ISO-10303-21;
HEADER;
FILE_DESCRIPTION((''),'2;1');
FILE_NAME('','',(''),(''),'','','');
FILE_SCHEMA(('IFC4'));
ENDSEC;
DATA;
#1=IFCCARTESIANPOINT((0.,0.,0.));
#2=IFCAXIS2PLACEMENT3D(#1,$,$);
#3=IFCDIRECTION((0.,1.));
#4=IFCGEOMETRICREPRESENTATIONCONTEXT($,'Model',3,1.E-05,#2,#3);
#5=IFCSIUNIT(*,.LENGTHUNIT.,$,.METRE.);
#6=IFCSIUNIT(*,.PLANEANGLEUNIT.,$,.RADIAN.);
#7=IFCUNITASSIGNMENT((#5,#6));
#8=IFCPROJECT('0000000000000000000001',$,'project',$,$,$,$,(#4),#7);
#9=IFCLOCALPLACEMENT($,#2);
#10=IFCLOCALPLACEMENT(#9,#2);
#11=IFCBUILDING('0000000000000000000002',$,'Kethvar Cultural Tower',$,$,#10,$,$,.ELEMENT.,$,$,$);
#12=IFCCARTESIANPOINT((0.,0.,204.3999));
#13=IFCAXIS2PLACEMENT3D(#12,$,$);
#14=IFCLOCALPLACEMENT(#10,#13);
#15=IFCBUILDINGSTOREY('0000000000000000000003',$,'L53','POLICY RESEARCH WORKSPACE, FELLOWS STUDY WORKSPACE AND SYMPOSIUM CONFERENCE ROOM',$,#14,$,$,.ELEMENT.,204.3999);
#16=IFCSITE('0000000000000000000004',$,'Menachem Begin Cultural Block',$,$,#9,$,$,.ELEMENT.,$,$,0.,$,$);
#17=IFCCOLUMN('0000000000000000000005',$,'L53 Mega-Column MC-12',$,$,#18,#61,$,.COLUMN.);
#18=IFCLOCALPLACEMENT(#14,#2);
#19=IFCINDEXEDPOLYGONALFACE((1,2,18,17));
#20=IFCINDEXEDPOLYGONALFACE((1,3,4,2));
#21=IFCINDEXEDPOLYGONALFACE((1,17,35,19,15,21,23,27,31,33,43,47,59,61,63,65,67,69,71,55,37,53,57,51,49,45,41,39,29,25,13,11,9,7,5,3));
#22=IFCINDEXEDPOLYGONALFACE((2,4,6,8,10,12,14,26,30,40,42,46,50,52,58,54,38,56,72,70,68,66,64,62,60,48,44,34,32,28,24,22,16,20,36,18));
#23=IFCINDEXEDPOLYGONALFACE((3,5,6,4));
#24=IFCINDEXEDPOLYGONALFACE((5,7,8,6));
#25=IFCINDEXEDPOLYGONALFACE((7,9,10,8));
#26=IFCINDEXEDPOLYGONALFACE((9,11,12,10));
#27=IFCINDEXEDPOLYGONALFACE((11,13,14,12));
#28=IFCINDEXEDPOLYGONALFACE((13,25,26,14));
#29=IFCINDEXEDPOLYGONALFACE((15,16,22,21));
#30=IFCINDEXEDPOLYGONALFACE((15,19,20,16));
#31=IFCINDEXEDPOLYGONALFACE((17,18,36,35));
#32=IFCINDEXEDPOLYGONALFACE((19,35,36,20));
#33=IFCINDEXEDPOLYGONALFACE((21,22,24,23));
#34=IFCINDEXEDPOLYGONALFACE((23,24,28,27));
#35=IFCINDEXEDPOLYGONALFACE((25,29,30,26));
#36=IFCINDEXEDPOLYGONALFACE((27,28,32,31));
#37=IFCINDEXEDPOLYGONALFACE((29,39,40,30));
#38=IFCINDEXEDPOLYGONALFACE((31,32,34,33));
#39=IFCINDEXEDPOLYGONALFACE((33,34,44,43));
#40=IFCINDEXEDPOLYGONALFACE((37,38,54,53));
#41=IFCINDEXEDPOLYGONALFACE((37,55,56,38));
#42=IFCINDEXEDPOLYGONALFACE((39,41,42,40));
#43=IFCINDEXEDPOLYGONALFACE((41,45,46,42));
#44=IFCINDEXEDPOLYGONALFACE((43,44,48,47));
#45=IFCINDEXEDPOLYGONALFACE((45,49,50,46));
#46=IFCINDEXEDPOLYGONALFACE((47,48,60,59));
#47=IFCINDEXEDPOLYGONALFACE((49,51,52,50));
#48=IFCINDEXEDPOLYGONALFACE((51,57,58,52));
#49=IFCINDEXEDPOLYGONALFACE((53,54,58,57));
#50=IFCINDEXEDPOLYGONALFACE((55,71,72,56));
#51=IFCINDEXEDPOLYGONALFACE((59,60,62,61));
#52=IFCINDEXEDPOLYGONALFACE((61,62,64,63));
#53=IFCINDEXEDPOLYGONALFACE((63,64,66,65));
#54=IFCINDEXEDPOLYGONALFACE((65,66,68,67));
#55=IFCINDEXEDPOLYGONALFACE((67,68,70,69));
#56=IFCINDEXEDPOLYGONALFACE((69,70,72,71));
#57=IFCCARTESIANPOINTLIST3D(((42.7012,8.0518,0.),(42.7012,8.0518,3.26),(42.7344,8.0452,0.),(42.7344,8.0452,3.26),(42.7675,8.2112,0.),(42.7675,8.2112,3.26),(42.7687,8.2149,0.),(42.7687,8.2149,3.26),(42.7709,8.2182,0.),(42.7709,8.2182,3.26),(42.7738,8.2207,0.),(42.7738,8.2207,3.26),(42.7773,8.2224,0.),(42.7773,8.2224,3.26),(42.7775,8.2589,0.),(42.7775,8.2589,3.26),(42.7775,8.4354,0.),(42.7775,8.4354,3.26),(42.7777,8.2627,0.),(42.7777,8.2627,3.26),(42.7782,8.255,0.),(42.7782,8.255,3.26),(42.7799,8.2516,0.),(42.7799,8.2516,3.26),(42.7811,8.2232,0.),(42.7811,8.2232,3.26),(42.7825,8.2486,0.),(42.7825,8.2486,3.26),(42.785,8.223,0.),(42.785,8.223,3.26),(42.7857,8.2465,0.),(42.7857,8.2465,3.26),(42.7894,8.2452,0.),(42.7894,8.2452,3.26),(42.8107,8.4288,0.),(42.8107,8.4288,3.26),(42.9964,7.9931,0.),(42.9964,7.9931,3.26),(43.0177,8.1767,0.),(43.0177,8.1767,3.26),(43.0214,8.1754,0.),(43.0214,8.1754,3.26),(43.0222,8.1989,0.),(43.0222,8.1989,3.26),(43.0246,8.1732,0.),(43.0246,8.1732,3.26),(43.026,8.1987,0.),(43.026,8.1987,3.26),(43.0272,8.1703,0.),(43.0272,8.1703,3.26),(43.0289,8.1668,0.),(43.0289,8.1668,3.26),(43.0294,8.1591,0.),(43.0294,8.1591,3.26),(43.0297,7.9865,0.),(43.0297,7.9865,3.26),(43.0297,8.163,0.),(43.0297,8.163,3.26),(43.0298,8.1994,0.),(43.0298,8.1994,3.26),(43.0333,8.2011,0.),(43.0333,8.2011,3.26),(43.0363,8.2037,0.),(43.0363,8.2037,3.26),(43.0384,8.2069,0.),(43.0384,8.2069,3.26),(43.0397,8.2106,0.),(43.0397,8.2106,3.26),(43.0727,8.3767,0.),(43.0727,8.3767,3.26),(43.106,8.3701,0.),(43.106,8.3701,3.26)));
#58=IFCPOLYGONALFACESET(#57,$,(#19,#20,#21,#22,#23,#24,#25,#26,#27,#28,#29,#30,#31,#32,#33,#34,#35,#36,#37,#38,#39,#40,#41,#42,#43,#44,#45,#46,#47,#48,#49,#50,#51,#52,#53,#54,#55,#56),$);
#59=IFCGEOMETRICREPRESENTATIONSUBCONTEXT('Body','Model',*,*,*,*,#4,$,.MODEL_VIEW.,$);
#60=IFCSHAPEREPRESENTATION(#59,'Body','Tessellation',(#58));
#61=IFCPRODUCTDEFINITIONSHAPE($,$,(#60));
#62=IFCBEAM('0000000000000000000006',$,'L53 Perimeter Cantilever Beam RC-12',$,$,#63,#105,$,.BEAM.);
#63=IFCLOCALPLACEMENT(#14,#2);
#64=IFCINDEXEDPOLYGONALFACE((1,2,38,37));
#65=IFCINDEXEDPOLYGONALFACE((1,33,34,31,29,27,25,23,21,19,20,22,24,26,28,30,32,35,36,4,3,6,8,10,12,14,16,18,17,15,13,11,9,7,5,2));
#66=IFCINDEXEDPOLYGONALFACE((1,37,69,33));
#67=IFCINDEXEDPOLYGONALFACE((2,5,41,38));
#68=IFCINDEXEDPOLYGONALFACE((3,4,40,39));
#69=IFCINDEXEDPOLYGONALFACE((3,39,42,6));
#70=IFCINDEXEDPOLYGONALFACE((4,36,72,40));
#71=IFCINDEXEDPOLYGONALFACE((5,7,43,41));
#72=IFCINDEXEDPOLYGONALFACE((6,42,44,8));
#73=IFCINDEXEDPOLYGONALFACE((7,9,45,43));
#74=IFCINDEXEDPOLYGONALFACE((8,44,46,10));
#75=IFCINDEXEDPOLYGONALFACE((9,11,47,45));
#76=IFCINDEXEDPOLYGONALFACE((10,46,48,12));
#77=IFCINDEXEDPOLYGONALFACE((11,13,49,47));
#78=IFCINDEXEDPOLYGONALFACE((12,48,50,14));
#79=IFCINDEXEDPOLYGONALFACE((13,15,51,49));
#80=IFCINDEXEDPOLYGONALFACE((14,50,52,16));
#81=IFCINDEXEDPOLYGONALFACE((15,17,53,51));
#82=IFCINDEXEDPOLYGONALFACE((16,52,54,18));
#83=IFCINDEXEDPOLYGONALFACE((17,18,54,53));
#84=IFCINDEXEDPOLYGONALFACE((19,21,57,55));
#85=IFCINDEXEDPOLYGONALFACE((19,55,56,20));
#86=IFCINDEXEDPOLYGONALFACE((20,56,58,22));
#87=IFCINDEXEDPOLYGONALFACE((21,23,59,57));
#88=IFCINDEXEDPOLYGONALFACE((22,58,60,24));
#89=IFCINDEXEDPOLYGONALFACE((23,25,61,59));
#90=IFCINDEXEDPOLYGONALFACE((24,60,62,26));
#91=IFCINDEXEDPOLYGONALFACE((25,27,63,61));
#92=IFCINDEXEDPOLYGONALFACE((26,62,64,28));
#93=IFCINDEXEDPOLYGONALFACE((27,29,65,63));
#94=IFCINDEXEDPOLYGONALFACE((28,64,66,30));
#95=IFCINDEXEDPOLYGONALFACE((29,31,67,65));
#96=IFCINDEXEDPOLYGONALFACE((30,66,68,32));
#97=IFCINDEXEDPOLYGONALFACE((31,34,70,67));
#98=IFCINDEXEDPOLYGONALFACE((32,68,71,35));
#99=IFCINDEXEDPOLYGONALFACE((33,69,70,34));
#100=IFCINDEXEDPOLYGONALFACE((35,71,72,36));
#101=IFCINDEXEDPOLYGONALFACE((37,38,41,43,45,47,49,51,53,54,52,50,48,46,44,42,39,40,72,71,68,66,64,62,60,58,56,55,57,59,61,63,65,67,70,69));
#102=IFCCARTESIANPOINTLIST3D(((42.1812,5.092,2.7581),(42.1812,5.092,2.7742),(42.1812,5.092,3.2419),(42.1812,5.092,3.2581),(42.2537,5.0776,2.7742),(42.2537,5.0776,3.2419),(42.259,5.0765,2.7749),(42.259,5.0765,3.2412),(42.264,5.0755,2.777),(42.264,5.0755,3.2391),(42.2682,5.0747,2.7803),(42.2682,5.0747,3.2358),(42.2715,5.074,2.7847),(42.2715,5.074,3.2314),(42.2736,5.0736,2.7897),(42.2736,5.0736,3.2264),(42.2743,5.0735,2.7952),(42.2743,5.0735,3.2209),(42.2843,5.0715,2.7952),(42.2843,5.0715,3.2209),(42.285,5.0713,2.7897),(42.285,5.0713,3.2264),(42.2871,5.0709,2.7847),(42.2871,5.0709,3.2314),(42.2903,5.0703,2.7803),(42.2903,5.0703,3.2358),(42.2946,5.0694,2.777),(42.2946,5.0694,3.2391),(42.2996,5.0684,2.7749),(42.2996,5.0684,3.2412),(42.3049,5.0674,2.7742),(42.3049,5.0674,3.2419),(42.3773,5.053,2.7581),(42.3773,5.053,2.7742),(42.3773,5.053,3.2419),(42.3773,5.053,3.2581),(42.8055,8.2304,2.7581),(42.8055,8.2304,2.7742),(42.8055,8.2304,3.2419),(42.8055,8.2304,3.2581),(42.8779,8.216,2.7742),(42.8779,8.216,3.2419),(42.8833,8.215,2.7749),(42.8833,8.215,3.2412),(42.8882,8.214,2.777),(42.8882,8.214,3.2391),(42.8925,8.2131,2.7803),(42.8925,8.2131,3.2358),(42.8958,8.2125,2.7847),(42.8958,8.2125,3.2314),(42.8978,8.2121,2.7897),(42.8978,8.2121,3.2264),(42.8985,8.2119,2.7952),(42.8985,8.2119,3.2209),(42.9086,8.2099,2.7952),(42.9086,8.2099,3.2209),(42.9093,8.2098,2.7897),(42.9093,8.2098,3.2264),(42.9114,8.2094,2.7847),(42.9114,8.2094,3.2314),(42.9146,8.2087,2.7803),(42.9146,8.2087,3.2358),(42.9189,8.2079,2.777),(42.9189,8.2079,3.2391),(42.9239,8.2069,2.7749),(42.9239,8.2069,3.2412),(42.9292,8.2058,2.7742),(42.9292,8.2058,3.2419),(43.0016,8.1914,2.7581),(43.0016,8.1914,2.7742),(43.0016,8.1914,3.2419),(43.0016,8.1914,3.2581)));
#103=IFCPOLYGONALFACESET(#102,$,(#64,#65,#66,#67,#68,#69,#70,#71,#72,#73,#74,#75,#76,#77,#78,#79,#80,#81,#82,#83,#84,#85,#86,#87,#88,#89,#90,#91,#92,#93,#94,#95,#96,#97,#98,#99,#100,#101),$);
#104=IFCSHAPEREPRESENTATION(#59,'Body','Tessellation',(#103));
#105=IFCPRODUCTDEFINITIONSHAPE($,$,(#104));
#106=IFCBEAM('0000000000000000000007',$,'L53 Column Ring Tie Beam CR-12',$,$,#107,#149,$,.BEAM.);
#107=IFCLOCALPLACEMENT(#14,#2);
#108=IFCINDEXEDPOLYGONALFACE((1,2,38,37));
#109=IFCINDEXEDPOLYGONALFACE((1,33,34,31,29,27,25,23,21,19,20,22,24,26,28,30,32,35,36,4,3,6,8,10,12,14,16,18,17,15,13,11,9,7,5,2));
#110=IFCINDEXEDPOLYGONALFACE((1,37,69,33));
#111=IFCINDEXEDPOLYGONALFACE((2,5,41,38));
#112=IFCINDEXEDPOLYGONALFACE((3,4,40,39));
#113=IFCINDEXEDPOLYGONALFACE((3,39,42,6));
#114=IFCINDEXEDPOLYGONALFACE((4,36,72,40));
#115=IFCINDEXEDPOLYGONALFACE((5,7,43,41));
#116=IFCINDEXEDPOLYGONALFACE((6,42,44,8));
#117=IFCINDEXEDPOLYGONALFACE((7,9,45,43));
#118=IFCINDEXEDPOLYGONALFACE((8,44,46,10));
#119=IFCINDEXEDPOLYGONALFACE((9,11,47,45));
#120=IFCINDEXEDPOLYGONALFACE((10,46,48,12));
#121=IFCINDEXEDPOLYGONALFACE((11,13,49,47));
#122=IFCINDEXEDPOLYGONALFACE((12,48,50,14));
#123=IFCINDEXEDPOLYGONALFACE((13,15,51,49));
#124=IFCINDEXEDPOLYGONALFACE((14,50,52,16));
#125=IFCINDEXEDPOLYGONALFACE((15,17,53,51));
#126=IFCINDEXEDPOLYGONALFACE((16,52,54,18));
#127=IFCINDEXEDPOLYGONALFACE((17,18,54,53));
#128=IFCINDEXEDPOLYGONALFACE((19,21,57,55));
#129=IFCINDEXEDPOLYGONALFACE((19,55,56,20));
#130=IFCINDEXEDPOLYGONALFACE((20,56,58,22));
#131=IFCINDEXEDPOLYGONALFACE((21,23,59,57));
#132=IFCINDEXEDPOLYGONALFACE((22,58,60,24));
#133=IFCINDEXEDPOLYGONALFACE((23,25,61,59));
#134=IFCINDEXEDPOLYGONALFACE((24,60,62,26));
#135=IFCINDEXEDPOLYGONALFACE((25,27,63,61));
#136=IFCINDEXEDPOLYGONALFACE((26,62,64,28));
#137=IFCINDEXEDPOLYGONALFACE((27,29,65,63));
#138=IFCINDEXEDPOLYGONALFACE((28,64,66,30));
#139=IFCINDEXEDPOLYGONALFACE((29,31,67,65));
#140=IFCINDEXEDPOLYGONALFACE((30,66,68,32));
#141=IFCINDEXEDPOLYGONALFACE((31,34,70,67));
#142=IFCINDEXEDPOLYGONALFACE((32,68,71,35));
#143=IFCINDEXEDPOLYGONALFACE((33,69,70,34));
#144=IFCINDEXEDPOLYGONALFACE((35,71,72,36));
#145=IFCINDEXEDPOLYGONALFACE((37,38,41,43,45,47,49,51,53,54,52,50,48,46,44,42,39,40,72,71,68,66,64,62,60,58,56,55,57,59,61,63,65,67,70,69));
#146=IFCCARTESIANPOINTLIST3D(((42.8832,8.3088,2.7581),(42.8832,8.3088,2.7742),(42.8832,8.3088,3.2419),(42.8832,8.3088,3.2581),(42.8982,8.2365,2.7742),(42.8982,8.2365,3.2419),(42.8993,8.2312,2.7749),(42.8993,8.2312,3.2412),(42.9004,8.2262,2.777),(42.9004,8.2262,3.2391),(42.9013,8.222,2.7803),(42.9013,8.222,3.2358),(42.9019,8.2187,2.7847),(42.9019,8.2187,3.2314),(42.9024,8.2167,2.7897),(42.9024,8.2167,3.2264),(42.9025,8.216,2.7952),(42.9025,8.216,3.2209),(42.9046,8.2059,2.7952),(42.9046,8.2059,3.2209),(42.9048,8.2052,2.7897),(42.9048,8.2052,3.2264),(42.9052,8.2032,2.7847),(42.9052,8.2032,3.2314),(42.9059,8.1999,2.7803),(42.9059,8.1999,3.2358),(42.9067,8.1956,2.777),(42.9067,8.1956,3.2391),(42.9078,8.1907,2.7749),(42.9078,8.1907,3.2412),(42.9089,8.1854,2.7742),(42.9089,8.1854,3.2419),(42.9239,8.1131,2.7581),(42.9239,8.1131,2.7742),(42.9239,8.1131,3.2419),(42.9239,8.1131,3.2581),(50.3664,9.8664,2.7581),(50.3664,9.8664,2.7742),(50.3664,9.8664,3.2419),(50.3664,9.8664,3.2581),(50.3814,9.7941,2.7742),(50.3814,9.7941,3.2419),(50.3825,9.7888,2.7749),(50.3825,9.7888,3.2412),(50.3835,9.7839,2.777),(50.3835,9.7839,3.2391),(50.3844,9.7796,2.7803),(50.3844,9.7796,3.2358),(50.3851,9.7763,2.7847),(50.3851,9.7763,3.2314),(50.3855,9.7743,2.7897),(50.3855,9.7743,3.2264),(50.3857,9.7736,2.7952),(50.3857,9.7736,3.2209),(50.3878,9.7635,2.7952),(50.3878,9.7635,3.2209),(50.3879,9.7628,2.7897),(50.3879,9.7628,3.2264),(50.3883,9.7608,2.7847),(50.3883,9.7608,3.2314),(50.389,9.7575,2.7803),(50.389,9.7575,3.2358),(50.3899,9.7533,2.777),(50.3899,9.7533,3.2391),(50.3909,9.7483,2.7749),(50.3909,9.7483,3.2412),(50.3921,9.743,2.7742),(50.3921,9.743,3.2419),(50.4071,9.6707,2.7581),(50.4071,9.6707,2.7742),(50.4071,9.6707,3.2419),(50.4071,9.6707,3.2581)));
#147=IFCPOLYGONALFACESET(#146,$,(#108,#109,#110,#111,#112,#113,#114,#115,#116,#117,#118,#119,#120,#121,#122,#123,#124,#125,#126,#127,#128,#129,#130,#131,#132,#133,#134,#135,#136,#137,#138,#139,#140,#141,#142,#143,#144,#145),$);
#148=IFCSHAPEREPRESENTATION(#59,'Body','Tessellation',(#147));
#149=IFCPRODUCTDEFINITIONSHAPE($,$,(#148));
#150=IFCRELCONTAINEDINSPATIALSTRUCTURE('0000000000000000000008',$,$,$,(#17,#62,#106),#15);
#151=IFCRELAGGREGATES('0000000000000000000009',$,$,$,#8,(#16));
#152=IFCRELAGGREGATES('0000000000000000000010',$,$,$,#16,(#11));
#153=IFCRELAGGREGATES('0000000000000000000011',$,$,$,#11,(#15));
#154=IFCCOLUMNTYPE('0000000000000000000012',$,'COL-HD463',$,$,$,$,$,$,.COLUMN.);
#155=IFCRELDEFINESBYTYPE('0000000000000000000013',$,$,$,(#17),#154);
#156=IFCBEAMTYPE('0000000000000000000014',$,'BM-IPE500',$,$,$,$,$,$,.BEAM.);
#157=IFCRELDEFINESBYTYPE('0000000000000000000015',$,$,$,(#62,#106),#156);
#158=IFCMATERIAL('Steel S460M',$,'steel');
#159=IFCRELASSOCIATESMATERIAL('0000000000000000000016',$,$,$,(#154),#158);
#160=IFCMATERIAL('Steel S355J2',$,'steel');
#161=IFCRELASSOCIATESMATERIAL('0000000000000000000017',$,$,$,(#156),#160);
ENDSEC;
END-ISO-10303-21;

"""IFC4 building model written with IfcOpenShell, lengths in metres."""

from ifc_helpers import new_model, si_unit, direction, frame, origin, origin_2d, place, context, subcontext, project, spatial, i_section, extrude, source, transform, mapped, material, material_profile, profile_set, type_object, element, save


model = new_model("IFC4")

# Units and contexts
model_context = context("Model", 3, precision=1e-05, world=origin(), true_north=direction((0.0, 1.0)))
body_context = subcontext(model_context, "Body", "Model", "MODEL_VIEW")
ifc_project = project(units=[si_unit("LENGTHUNIT", "METRE"), si_unit("PLANEANGLEUNIT", "RADIAN")], contexts=[model_context])

# Site, building, storey
site_placement = place(None, origin())
site = spatial("IfcSite", under=ifc_project, at=site_placement, Name="Menachem Begin Cultural Block", CompositionType="ELEMENT", RefElevation=0.0)
building_placement = place(site_placement, origin())
building = spatial("IfcBuilding", under=site, at=building_placement, Name="Kethvar Cultural Tower", CompositionType="ELEMENT")
storey_placement = place(building_placement, frame((0.0, 0.0, 204.3999)))
storey = spatial("IfcBuildingStorey", under=building, at=storey_placement, Name="L53", Description="POLICY RESEARCH WORKSPACE, FELLOWS STUDY WORKSPACE AND SYMPOSIUM CONFERENCE ROOM", CompositionType="ELEMENT", Elevation=204.3999)

# Column
ifc_material_1 = material(Name="Steel S460M", Category="steel")
ifc_material_profile_1 = material_profile(ifc_material_1, i_section(OverallWidth=0.3911, OverallDepth=0.335, WebThickness=0.0227, FlangeThickness=0.0339, FilletRadius=0.0149, at=origin_2d()), Name="Steel S460M — HD400x463")
ifc_profile_set_1 = profile_set([ifc_material_profile_1], Name="Steel S460M — HD400x463")
column_type = type_object("IfcColumnType", Name="COL-HD463", PredefinedType="COLUMN", material=ifc_profile_set_1)
shared_shape_1 = source(origin(), body_context, "Body", "SweptSolid", [
    extrude(i_section(OverallWidth=0.3911, OverallDepth=0.335, WebThickness=0.0227, FlangeThickness=0.0339, FilletRadius=0.0149, at=origin_2d()), origin(), (0.0, 0.0, 1.0), 3.26),
])
column_placement = place(storey_placement, frame((42.9036, 8.2109, 0.0), z_axis=(0.0, 0.0, 1.0), x_axis=(-0.19509, -0.980785, 0.0)))
element("IfcColumn", 1, at=column_placement, inside=storey, type_object=column_type, Name="L53 Mega-Column MC-12", PredefinedType="COLUMN", context=body_context, shape_type="MappedRepresentation", body=[
    mapped(shared_shape_1, transform((0.0, 0.0, 0.0), scale=1.0)),
])

# Beams
ifc_material_2 = material(Name="Steel S355J2", Category="steel")
ifc_material_profile_2 = material_profile(ifc_material_2, i_section(OverallWidth=0.2, OverallDepth=0.5, WebThickness=0.0103, FlangeThickness=0.0161, FilletRadius=0.021, at=origin_2d()), Name="Steel S355J2 — IPE500")
ifc_profile_set_2 = profile_set([ifc_material_profile_2], Name="Steel S355J2 — IPE500")
beam_type_1 = type_object("IfcBeamType", Name="BM-IPE500", PredefinedType="BEAM", material=ifc_profile_set_2)
shared_shape_2 = source(origin(), body_context, "Body", "SweptSolid", [
    extrude(i_section(OverallWidth=0.2, OverallDepth=0.5, WebThickness=0.0103, FlangeThickness=0.0161, FilletRadius=0.021, at=origin_2d()), origin(), (0.0, 0.0, 1.0), 3.2),
])
beam_1_placement = place(storey_placement, frame((42.9036, 8.2109, 3.0081), z_axis=(-0.195089, -0.980786, 0.0), x_axis=(0.980786, -0.195089, 0.0)))
element("IfcBeam", 2, at=beam_1_placement, inside=storey, type_object=beam_type_1, Name="L53 Perimeter Cantilever Beam RC-12", PredefinedType="BEAM", context=body_context, shape_type="MappedRepresentation", body=[
    mapped(shared_shape_2, transform((0.0, 0.0, 0.0), scale=1.0)),
])
shared_shape_3 = source(origin(), body_context, "Body", "SweptSolid", [
    extrude(i_section(OverallWidth=0.2, OverallDepth=0.5, WebThickness=0.0103, FlangeThickness=0.0161, FilletRadius=0.021, at=origin_2d()), origin(), (0.0, 0.0, 1.0), 7.6436),
])
beam_2_placement = place(storey_placement, frame((42.9036, 8.2109, 3.0081), z_axis=(0.979016, 0.203782, 0.0), x_axis=(-0.203782, 0.979016, 0.0)))
element("IfcBeam", 3, at=beam_2_placement, inside=storey, type_object=beam_type_1, Name="L53 Column Ring Tie Beam CR-12", PredefinedType="BEAM", context=body_context, shape_type="MappedRepresentation", body=[
    mapped(shared_shape_3, transform((0.0, 0.0, 0.0), scale=1.0)),
])

save(model, "model.ifc")
